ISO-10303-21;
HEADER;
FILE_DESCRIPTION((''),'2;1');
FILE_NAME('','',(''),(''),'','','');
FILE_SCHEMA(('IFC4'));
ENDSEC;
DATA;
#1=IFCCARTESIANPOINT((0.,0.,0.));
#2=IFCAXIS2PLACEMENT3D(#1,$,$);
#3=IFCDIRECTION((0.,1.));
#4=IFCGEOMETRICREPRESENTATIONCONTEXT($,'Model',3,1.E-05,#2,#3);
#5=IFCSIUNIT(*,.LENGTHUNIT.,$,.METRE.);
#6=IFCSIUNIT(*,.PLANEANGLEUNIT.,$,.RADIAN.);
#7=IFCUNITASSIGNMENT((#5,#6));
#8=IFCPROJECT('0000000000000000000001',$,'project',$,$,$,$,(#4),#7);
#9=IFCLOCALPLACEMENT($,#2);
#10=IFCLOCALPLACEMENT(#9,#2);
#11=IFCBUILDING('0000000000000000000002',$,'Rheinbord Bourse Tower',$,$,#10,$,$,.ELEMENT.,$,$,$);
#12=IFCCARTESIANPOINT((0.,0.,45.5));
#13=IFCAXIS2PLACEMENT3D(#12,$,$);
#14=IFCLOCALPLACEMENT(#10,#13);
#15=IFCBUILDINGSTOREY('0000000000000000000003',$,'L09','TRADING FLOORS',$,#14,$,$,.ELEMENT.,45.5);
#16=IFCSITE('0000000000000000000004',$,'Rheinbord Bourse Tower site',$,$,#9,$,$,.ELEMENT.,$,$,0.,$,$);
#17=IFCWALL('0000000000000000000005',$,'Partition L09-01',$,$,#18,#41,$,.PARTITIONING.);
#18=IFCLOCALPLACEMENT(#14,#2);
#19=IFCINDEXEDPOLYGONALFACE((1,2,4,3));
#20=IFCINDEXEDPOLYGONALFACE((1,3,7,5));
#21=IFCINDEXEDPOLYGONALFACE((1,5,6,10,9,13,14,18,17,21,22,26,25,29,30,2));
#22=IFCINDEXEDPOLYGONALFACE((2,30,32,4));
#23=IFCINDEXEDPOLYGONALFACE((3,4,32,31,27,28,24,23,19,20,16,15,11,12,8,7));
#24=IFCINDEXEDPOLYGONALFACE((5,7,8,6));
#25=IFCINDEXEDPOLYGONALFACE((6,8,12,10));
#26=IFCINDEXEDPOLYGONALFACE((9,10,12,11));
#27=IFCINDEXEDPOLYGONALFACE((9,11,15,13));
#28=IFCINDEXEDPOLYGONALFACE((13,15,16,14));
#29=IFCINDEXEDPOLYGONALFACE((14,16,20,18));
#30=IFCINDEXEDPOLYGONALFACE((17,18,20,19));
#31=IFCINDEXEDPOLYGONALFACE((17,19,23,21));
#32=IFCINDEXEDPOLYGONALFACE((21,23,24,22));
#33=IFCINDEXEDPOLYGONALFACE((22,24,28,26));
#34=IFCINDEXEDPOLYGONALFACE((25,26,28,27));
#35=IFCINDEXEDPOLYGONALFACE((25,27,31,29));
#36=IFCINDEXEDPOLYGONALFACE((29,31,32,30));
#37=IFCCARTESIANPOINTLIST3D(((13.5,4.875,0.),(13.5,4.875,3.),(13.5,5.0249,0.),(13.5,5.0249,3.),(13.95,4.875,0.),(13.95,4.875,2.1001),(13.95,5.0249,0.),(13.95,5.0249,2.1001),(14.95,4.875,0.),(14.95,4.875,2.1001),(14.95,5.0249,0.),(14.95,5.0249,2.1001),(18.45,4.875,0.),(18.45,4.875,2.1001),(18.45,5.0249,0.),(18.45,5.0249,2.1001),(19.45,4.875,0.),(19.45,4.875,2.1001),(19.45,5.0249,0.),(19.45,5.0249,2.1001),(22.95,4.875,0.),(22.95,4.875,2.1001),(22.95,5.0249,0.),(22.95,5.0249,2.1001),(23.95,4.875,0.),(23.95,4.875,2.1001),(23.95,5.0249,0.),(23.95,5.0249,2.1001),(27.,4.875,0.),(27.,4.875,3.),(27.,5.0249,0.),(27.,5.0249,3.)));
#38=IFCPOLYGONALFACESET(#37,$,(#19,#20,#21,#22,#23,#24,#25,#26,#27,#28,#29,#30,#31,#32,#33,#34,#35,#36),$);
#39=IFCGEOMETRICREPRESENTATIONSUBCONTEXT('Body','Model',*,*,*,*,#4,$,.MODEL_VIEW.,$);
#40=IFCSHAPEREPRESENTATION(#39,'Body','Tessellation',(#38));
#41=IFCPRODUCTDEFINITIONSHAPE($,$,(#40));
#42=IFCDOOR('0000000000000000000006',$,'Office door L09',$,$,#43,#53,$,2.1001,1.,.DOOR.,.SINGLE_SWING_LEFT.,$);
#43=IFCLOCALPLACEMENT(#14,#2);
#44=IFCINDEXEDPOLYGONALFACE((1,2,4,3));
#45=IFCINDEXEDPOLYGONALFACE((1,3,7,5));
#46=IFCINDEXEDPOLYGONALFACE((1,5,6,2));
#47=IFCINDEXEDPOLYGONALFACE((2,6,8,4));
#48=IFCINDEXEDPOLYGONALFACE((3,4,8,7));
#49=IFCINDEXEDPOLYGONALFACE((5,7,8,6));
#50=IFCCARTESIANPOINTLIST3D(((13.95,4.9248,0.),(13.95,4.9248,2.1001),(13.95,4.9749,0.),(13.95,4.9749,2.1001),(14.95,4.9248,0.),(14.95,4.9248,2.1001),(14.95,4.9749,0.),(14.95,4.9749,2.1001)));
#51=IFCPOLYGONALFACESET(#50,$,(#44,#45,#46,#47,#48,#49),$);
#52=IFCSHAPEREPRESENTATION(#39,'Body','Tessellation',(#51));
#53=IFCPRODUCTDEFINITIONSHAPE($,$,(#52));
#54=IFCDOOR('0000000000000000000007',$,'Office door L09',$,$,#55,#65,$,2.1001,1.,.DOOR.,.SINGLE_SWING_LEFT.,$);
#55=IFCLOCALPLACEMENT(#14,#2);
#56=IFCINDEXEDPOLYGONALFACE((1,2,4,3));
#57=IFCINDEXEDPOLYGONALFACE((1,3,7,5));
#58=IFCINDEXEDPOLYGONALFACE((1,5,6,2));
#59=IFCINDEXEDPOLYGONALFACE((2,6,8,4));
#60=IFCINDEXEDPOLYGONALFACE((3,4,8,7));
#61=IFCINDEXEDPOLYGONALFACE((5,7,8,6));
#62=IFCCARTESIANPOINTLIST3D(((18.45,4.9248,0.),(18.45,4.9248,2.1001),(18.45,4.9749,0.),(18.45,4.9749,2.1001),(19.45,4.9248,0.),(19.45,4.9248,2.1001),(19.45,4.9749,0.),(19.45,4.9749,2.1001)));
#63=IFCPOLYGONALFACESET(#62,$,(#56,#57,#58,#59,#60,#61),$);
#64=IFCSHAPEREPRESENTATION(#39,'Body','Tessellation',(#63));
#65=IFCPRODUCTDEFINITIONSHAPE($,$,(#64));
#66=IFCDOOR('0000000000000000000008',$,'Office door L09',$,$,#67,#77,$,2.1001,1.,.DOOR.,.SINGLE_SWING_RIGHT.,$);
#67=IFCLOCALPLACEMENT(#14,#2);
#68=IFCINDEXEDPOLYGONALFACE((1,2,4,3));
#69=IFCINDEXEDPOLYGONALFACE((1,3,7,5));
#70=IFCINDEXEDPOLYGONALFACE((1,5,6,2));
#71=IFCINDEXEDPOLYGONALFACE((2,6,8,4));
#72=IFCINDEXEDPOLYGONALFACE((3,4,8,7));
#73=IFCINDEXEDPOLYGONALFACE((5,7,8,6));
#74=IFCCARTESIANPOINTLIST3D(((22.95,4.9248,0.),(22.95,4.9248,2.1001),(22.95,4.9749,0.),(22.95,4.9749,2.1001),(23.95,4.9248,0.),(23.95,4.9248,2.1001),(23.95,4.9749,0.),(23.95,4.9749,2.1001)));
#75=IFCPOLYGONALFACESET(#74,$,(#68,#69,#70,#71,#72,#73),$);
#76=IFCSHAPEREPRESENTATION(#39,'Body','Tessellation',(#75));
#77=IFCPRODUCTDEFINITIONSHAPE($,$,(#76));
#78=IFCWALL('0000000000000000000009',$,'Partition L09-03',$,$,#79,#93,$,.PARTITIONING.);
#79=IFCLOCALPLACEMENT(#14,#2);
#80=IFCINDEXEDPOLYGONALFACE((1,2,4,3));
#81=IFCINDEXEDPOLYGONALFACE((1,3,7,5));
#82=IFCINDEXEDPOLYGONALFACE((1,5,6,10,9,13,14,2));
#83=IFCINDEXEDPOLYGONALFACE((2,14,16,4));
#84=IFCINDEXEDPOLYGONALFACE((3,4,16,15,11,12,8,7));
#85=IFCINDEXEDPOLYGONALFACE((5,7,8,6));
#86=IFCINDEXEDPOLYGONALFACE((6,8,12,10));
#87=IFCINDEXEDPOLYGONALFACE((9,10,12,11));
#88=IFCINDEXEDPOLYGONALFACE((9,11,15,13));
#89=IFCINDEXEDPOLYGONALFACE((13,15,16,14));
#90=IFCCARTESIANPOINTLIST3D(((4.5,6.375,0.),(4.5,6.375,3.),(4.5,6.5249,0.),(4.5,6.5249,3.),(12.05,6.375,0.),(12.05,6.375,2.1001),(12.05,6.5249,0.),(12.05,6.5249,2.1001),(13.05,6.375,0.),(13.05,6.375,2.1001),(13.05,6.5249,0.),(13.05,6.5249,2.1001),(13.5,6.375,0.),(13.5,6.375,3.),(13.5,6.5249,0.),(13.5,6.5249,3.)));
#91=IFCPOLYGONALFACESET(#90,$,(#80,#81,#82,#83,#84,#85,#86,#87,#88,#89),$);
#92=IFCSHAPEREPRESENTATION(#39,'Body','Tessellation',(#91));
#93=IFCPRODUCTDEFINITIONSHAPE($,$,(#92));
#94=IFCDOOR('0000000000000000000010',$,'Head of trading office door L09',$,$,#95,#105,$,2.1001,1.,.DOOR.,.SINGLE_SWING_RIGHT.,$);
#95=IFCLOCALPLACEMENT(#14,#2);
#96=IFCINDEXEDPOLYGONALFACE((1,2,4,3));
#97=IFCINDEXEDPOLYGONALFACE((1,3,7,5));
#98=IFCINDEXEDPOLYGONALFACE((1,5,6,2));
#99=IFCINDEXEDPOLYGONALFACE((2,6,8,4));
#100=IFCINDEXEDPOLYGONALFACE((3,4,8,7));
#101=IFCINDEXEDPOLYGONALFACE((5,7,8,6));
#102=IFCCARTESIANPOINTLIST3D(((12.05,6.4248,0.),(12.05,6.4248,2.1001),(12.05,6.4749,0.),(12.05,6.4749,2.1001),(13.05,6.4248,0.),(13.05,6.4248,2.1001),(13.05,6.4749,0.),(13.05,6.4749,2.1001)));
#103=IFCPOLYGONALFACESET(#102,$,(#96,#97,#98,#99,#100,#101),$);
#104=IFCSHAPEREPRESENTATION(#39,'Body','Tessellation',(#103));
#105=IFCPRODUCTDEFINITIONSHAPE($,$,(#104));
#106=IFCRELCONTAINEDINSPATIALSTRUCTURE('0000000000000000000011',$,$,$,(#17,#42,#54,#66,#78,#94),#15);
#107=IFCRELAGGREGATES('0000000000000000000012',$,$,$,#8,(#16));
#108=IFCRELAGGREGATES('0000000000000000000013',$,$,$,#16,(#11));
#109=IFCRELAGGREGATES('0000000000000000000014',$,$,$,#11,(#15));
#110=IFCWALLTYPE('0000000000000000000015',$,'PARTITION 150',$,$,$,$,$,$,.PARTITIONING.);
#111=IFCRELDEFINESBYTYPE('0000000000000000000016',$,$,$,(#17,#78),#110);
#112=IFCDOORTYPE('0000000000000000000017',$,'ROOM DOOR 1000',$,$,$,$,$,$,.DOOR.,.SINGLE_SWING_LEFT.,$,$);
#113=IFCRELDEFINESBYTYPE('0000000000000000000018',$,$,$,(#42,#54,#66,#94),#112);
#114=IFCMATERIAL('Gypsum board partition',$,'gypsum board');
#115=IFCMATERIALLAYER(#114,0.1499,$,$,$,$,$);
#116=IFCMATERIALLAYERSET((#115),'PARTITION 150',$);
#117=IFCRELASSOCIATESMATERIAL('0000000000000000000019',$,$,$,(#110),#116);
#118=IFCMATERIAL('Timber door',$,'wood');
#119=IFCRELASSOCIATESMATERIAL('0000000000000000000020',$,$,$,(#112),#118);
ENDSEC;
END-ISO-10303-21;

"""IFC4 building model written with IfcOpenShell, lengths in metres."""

from ifc_helpers import new_model, si_unit, direction, frame, frame_2d, origin, place, context, subcontext, project, spatial, rectangle, extrude, material, layer, layer_set, type_object, element, fill, save


model = new_model("IFC4")

# Units and contexts
model_context = context("Model", 3, precision=1e-05, world=origin(), true_north=direction((0.0, 1.0)))
body_context = subcontext(model_context, "Body", "Model", "MODEL_VIEW")
ifc_project = project(units=[si_unit("LENGTHUNIT", "METRE"), si_unit("PLANEANGLEUNIT", "RADIAN")], contexts=[model_context])

# Site, building, storey
site_placement = place(None, origin())
site = spatial("IfcSite", under=ifc_project, at=site_placement, Name="Rheinbord Bourse Tower site", CompositionType="ELEMENT", RefElevation=0.0)
building_placement = place(site_placement, origin())
building = spatial("IfcBuilding", under=site, at=building_placement, Name="Rheinbord Bourse Tower", CompositionType="ELEMENT")
storey_placement = place(building_placement, frame((0.0, 0.0, 45.5)))
storey = spatial("IfcBuildingStorey", under=building, at=storey_placement, Name="L09", Description="TRADING FLOORS", CompositionType="ELEMENT", Elevation=45.5)

# Wall, openings, doors
ifc_material_1 = material(Name="Gypsum board partition", Category="gypsum board")
ifc_layer_1 = layer(ifc_material_1, 0.1499)
ifc_layer_set_1 = layer_set([ifc_layer_1], Name="PARTITION 150")
wall_type = type_object("IfcWallType", Name="PARTITION 150", PredefinedType="PARTITIONING", material=ifc_layer_set_1)
wall_1_placement = place(storey_placement, frame((13.5, 4.95, 0.0), z_axis=(0.0, 0.0, 1.0), x_axis=(1.0, 0.0, 0.0)))
wall_1 = element("IfcWall", 1, at=wall_1_placement, inside=storey, type_object=wall_type, Name="Partition L09-01", PredefinedType="PARTITIONING", context=body_context, shape_type="SweptSolid", body=[
    extrude(rectangle(XDim=13.5, YDim=0.1499, at=frame_2d((6.75, 0.0))), origin(), (0.0, 0.0, 1.0), 3.0),
])
opening_1_placement = place(wall_1_placement, frame((0.45, 0.0, 0.0)))
opening_1 = element("IfcOpeningElement", 2, at=opening_1_placement, cuts=wall_1, PredefinedType="OPENING", context=body_context, shape_type="SweptSolid", body=[
    extrude(rectangle(XDim=1.0, YDim=2.1001, at=frame_2d((0.5, 1.05))), frame((0.0, 0.085, 0.0), z_axis=(0.0, -1.0, 0.0), x_axis=(1.0, 0.0, 0.0)), (0.0, 0.0, 1.0), 0.1699),
])
opening_2_placement = place(wall_1_placement, frame((4.95, 0.0, 0.0)))
opening_2 = element("IfcOpeningElement", 3, at=opening_2_placement, cuts=wall_1, PredefinedType="OPENING", context=body_context, shape_type="SweptSolid", body=[
    extrude(rectangle(XDim=1.0, YDim=2.1001, at=frame_2d((0.5, 1.05))), frame((0.0, 0.085, 0.0), z_axis=(0.0, -1.0, 0.0), x_axis=(1.0, 0.0, 0.0)), (0.0, 0.0, 1.0), 0.1699),
])
opening_3_placement = place(wall_1_placement, frame((9.45, 0.0, 0.0)))
opening_3 = element("IfcOpeningElement", 4, at=opening_3_placement, cuts=wall_1, PredefinedType="OPENING", context=body_context, shape_type="SweptSolid", body=[
    extrude(rectangle(XDim=1.0, YDim=2.1001, at=frame_2d((0.5, 1.05))), frame((0.0, 0.085, 0.0), z_axis=(0.0, -1.0, 0.0), x_axis=(1.0, 0.0, 0.0)), (0.0, 0.0, 1.0), 0.1699),
])
ifc_material_2 = material(Name="Timber door", Category="wood")
door_type = type_object("IfcDoorType", Name="ROOM DOOR 1000", OperationType="SINGLE_SWING_LEFT", PredefinedType="DOOR", material=ifc_material_2)
door_1_placement = place(opening_1_placement, origin())
door_1 = element("IfcDoor", 5, at=door_1_placement, inside=storey, type_object=door_type, Name="Office door L09", OperationType="SINGLE_SWING_LEFT", OverallHeight=2.1001, OverallWidth=1.0, PredefinedType="DOOR", context=body_context, shape_type="SweptSolid", body=[
    extrude(rectangle(XDim=1.0, YDim=2.1001, at=frame_2d((0.5, 1.05))), frame((0.0, 0.0249, 0.0), z_axis=(0.0, -1.0, 0.0), x_axis=(1.0, 0.0, 0.0)), (0.0, 0.0, 1.0), 0.05),
])
fill(opening_1, door_1)
door_2_placement = place(opening_2_placement, origin())
door_2 = element("IfcDoor", 6, at=door_2_placement, inside=storey, type_object=door_type, Name="Office door L09", OperationType="SINGLE_SWING_LEFT", OverallHeight=2.1001, OverallWidth=1.0, PredefinedType="DOOR", context=body_context, shape_type="SweptSolid", body=[
    extrude(rectangle(XDim=1.0, YDim=2.1001, at=frame_2d((0.5, 1.05))), frame((0.0, 0.0249, 0.0), z_axis=(0.0, -1.0, 0.0), x_axis=(1.0, 0.0, 0.0)), (0.0, 0.0, 1.0), 0.05),
])
fill(opening_2, door_2)
door_3_placement = place(opening_3_placement, origin())
door_3 = element("IfcDoor", 7, at=door_3_placement, inside=storey, type_object=door_type, Name="Office door L09", OperationType="SINGLE_SWING_RIGHT", OverallHeight=2.1001, OverallWidth=1.0, PredefinedType="DOOR", context=body_context, shape_type="SweptSolid", body=[
    extrude(rectangle(XDim=1.0, YDim=2.1001, at=frame_2d((0.5, 1.05))), frame((0.0, 0.0249, 0.0), z_axis=(0.0, -1.0, 0.0), x_axis=(1.0, 0.0, 0.0)), (0.0, 0.0, 1.0), 0.05),
])
fill(opening_3, door_3)

# Wall, opening, door
wall_2_placement = place(storey_placement, frame((4.5, 6.45, 0.0), z_axis=(0.0, 0.0, 1.0), x_axis=(1.0, 0.0, 0.0)))
wall_2 = element("IfcWall", 8, at=wall_2_placement, inside=storey, type_object=wall_type, Name="Partition L09-03", PredefinedType="PARTITIONING", context=body_context, shape_type="SweptSolid", body=[
    extrude(rectangle(XDim=9.0, YDim=0.1499, at=frame_2d((4.5, 0.0))), origin(), (0.0, 0.0, 1.0), 3.0),
])
opening_4_placement = place(wall_2_placement, frame((7.55, 0.0, 0.0)))
opening_4 = element("IfcOpeningElement", 9, at=opening_4_placement, cuts=wall_2, PredefinedType="OPENING", context=body_context, shape_type="SweptSolid", body=[
    extrude(rectangle(XDim=1.0, YDim=2.1001, at=frame_2d((0.5, 1.05))), frame((0.0, 0.085, 0.0), z_axis=(0.0, -1.0, 0.0), x_axis=(1.0, 0.0, 0.0)), (0.0, 0.0, 1.0), 0.1699),
])
door_4_placement = place(opening_4_placement, origin())
door_4 = element("IfcDoor", 10, at=door_4_placement, inside=storey, type_object=door_type, Name="Head of trading office door L09", OperationType="SINGLE_SWING_RIGHT", OverallHeight=2.1001, OverallWidth=1.0, PredefinedType="DOOR", context=body_context, shape_type="SweptSolid", body=[
    extrude(rectangle(XDim=1.0, YDim=2.1001, at=frame_2d((0.5, 1.05))), frame((0.0, 0.0249, 0.0), z_axis=(0.0, -1.0, 0.0), x_axis=(1.0, 0.0, 0.0)), (0.0, 0.0, 1.0), 0.05),
])
fill(opening_4, door_4)

save(model, "model.ifc")
